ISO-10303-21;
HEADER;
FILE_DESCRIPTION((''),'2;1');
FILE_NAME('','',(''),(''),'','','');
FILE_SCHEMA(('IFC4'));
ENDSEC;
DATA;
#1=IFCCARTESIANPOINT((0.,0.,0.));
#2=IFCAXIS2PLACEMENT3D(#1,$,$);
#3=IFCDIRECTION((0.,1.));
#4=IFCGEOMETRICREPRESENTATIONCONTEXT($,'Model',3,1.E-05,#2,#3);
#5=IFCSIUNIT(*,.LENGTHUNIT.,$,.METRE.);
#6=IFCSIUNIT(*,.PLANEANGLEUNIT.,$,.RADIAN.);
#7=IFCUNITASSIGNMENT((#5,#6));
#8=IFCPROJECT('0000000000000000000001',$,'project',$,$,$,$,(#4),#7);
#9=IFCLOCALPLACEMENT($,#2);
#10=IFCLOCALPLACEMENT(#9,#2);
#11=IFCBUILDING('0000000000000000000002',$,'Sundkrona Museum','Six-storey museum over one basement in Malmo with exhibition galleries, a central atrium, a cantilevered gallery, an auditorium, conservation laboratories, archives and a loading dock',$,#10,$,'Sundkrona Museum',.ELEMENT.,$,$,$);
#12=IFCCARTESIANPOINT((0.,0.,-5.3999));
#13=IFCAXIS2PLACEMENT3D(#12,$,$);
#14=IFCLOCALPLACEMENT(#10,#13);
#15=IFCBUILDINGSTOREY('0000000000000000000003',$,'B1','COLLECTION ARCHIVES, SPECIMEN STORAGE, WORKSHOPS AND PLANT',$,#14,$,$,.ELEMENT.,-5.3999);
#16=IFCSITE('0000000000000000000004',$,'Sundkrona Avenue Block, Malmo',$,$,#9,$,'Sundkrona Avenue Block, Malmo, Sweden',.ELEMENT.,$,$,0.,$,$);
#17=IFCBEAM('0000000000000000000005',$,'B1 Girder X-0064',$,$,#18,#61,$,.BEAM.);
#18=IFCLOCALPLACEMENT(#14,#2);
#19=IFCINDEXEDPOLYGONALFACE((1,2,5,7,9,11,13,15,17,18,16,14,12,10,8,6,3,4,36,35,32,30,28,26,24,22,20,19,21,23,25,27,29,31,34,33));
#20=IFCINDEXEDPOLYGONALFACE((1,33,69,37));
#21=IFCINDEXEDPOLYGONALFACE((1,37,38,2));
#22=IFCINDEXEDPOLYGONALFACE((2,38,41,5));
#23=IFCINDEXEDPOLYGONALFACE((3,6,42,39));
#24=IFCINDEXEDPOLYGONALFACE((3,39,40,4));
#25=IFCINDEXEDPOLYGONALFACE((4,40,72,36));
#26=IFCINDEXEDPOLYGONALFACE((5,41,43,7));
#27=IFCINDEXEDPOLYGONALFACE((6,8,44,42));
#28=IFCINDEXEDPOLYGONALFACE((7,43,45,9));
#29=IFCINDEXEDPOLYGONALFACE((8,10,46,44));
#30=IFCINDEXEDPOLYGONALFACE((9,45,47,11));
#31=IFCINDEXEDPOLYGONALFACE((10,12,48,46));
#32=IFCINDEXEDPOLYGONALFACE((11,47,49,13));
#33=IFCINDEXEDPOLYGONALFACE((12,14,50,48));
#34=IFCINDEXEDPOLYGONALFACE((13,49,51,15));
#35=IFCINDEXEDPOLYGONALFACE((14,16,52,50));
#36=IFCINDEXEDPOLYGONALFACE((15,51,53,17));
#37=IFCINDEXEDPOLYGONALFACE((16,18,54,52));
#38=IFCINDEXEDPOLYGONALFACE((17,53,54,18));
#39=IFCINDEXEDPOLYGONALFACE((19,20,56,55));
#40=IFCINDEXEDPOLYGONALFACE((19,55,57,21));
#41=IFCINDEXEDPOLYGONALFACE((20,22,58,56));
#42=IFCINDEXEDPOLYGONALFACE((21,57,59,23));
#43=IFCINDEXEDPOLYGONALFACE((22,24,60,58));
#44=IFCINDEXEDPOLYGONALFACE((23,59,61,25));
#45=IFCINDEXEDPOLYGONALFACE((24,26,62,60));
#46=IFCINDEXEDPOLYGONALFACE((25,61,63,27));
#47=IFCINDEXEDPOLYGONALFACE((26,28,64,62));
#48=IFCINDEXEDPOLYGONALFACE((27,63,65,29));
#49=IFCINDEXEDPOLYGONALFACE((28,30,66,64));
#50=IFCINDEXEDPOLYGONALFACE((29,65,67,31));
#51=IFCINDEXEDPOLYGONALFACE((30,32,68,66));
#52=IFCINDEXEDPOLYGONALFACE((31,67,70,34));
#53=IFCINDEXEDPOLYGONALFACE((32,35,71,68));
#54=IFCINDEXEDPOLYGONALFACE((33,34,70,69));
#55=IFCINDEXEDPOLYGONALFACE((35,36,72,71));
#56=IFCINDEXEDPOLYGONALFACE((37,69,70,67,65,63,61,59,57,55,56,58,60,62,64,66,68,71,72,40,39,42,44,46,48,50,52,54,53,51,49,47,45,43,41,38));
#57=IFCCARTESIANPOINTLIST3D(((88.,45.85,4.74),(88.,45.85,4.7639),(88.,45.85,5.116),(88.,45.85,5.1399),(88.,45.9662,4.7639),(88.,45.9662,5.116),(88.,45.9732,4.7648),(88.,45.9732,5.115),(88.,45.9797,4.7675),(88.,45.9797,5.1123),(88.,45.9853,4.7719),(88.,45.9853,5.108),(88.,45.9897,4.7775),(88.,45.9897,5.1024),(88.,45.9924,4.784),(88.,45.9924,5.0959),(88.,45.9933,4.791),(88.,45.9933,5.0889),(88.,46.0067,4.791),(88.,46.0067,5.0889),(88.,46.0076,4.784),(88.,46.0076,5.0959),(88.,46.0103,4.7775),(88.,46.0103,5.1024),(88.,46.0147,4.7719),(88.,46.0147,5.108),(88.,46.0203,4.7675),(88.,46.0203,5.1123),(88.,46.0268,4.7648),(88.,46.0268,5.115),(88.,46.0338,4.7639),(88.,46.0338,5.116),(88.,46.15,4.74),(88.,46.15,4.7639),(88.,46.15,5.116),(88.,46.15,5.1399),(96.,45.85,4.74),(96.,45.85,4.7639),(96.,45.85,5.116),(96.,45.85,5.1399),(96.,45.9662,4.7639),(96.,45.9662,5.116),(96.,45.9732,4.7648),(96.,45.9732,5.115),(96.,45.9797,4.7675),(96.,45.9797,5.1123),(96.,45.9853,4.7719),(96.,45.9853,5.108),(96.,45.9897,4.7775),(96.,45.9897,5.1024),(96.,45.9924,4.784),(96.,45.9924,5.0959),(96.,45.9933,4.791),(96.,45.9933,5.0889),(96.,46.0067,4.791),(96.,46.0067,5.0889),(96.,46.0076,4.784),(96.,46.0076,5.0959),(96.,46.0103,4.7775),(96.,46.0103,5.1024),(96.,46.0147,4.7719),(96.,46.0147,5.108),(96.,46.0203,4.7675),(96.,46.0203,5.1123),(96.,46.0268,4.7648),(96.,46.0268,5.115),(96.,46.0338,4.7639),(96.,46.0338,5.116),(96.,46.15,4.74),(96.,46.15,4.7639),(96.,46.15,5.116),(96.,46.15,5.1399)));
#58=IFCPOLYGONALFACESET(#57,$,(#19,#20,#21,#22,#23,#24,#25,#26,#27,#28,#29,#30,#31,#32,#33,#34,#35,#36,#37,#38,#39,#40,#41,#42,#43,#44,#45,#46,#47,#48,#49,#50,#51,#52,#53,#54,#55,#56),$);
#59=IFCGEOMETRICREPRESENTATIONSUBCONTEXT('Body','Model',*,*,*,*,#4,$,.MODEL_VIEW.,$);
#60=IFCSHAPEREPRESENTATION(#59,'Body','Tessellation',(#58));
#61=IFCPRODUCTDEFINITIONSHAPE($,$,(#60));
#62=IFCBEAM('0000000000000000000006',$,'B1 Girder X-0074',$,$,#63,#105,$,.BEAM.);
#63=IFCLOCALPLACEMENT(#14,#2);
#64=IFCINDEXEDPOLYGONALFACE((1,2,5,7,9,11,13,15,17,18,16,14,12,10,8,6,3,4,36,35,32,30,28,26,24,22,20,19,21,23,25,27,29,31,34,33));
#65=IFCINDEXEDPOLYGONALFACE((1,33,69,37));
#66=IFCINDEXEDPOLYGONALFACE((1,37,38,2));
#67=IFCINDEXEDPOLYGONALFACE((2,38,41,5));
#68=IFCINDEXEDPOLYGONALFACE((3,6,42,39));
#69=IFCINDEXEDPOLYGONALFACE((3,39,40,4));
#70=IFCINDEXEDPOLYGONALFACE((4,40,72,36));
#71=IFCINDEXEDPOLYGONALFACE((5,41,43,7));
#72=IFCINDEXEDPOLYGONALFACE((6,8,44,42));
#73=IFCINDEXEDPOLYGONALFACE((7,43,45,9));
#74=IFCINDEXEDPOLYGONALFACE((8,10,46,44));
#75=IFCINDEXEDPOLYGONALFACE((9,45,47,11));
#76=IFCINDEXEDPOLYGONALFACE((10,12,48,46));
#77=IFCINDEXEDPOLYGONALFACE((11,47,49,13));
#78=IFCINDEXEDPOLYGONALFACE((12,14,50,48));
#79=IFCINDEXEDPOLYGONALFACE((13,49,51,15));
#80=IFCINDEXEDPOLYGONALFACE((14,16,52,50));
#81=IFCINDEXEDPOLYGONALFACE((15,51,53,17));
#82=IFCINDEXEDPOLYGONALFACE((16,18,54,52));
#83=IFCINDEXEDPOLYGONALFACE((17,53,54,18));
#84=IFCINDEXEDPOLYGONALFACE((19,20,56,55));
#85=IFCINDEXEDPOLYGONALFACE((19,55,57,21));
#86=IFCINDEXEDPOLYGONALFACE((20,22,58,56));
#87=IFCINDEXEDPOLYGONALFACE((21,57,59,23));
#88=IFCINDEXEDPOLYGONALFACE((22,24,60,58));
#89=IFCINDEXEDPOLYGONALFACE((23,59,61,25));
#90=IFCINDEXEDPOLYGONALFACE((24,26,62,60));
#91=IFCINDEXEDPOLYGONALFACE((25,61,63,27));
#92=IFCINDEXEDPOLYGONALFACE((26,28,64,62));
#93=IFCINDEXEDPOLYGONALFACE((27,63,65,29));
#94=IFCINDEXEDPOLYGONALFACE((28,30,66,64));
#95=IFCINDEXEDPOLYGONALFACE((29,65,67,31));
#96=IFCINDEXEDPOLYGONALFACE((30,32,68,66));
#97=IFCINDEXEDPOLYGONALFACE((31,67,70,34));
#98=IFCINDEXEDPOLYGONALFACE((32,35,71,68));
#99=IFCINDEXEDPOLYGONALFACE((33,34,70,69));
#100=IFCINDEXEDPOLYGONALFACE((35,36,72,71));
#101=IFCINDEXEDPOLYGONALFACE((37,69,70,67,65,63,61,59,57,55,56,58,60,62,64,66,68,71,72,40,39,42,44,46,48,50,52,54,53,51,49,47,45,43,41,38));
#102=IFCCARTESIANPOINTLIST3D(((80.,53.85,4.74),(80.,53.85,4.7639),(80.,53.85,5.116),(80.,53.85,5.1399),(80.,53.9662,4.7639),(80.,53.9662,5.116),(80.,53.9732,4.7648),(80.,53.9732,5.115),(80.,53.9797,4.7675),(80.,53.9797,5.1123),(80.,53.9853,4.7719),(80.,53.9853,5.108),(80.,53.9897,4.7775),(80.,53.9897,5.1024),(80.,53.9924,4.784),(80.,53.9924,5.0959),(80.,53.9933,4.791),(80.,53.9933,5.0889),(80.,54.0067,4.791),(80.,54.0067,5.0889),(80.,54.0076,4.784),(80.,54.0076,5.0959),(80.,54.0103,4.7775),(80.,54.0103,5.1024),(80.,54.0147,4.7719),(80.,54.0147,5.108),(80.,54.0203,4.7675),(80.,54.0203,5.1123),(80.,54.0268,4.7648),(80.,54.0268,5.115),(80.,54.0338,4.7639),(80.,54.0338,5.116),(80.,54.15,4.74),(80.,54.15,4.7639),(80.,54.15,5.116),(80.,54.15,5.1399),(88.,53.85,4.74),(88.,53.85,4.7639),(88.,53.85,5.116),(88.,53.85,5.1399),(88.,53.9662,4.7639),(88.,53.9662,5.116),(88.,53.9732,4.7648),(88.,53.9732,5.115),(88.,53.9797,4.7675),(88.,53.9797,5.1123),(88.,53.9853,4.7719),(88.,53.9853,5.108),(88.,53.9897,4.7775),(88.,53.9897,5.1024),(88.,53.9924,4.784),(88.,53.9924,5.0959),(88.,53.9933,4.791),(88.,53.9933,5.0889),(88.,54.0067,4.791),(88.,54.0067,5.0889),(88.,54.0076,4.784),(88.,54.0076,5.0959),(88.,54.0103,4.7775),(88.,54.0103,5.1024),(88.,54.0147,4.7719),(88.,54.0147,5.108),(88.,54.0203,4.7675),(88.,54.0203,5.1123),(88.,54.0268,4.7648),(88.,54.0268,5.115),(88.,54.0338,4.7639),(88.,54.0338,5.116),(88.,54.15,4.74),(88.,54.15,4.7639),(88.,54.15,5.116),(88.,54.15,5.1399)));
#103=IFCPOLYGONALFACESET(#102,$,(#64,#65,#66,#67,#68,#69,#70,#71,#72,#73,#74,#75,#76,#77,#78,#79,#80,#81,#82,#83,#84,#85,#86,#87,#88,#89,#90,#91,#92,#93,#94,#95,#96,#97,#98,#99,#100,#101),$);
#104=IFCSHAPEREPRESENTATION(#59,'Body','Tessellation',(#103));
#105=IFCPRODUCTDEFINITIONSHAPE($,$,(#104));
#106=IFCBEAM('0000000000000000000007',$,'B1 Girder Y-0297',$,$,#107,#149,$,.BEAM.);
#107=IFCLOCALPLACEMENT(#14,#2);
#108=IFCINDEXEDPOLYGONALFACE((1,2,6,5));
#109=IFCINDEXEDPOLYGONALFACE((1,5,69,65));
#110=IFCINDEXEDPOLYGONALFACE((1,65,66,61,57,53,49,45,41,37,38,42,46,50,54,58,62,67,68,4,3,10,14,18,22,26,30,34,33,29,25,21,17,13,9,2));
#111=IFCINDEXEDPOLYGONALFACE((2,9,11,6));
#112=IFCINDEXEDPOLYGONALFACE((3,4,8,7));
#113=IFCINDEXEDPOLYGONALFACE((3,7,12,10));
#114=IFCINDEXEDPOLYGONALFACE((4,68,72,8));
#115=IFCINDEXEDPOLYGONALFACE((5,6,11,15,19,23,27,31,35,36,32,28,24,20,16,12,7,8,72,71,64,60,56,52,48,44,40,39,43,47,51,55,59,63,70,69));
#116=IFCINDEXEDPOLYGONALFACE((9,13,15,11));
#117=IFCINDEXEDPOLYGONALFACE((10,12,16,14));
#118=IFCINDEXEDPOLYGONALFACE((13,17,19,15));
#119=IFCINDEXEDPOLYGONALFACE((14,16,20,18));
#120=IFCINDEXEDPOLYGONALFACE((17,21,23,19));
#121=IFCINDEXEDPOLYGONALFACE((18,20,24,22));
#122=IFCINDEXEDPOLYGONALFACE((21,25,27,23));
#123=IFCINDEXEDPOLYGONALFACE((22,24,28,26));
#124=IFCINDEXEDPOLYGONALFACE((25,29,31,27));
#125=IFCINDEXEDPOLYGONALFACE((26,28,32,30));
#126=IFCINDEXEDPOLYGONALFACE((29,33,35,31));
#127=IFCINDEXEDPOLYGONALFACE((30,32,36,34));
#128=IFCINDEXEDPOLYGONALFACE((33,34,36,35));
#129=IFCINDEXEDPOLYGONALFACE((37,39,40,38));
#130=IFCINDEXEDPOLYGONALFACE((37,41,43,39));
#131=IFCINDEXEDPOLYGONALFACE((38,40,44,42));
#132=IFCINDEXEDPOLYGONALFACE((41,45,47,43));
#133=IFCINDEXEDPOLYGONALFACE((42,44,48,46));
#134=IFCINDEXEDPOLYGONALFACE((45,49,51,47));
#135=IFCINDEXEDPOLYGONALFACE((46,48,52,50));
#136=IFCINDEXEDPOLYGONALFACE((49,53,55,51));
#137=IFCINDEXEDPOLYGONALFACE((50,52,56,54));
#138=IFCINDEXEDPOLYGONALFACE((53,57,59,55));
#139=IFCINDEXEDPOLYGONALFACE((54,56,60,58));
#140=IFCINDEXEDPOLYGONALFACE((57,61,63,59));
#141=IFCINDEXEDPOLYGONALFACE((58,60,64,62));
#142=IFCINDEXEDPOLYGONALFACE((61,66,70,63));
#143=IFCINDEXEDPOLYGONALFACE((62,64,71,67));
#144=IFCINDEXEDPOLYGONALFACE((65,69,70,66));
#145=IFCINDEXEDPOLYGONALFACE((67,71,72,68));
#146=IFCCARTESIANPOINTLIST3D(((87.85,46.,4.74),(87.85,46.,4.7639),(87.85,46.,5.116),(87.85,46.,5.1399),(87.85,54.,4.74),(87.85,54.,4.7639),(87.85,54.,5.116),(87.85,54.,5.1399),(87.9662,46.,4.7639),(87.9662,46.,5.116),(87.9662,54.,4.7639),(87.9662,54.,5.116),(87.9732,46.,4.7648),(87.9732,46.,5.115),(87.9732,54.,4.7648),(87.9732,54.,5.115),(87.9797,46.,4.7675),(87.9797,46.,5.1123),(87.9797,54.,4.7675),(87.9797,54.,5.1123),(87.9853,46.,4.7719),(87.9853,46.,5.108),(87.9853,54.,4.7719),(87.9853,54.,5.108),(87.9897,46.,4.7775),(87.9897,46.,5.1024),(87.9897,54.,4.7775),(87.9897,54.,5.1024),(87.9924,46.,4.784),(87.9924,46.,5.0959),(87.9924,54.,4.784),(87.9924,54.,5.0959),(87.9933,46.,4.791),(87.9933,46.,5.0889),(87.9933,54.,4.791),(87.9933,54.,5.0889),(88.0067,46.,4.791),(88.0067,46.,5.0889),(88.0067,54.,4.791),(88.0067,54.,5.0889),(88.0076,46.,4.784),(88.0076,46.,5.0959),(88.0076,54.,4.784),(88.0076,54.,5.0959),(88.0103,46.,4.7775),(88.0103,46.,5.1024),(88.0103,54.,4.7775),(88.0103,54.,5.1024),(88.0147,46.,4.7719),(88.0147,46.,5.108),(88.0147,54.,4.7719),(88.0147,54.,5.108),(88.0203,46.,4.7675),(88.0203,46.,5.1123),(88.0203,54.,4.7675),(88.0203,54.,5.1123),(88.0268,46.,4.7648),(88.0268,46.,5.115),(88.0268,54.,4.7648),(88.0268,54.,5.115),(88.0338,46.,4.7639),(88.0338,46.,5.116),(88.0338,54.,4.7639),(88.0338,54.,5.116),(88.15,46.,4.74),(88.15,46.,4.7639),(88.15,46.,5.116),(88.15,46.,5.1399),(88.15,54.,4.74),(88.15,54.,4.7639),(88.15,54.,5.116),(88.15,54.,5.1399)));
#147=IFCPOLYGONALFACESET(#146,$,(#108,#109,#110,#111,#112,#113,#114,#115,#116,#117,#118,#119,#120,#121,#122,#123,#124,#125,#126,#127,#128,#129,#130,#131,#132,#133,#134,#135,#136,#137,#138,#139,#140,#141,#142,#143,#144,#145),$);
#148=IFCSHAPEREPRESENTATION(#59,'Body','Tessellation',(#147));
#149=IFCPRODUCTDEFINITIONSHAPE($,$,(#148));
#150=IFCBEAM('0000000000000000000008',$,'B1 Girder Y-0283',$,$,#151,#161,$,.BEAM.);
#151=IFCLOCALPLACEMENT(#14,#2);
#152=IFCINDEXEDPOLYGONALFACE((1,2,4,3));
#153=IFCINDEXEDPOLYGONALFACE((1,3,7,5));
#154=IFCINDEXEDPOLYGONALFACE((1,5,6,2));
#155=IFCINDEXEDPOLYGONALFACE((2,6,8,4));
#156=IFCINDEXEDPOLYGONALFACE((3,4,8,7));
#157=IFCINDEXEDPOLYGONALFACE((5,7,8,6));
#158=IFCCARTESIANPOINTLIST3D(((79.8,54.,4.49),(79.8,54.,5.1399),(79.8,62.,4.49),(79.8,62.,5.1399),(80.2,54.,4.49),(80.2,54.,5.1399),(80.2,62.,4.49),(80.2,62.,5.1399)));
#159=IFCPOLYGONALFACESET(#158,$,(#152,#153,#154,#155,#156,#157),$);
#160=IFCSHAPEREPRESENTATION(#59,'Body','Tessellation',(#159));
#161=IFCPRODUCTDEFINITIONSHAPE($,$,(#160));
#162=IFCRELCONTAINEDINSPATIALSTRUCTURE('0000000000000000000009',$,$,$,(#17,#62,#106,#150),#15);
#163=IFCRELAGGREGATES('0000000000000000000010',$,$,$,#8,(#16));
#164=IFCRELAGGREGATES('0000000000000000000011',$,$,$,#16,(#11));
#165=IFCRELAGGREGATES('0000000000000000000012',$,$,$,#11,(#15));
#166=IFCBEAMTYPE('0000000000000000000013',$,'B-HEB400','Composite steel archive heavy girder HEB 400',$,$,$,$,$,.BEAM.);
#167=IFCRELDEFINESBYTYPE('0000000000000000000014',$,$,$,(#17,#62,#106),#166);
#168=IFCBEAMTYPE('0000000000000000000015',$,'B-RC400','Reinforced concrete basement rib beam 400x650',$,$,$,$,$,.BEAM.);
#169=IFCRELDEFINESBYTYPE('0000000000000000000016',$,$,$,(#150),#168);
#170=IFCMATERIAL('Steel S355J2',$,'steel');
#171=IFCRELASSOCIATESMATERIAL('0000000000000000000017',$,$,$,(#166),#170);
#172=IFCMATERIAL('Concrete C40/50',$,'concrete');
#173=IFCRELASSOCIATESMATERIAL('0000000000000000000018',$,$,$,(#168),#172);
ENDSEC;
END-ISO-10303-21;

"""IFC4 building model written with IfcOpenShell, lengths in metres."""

from ifc_helpers import new_model, si_unit, direction, frame, origin, origin_2d, place, context, subcontext, project, spatial, rectangle, i_section, extrude, material, material_profile, profile_set, type_object, element, save


model = new_model("IFC4")

# Units and contexts
model_context = context("Model", 3, precision=1e-05, world=origin(), true_north=direction((0.0, 1.0)))
body_context = subcontext(model_context, "Body", "Model", "MODEL_VIEW")
ifc_project = project(units=[si_unit("LENGTHUNIT", "METRE"), si_unit("PLANEANGLEUNIT", "RADIAN")], contexts=[model_context])

# Site, building, storey
site_placement = place(None, origin())
site = spatial("IfcSite", under=ifc_project, at=site_placement, Name="Sundkrona Avenue Block, Malmo", LongName="Sundkrona Avenue Block, Malmo, Sweden", CompositionType="ELEMENT", RefElevation=0.0)
building_placement = place(site_placement, origin())
building = spatial("IfcBuilding", under=site, at=building_placement, Name="Sundkrona Museum", Description="Six-storey museum over one basement in Malmo with exhibition galleries, a central atrium, a cantilevered gallery, an auditorium, conservation laboratories, archives and a loading dock", LongName="Sundkrona Museum", CompositionType="ELEMENT")
storey_placement = place(building_placement, frame((0.0, 0.0, -5.3999)))
storey = spatial("IfcBuildingStorey", under=building, at=storey_placement, Name="B1", Description="COLLECTION ARCHIVES, SPECIMEN STORAGE, WORKSHOPS AND PLANT", CompositionType="ELEMENT", Elevation=-5.3999)

# Shared definitions
ifc_material_1 = material(Name="Concrete C40/50", Category="concrete")

# Beams
ifc_material_2 = material(Name="Steel S355J2", Category="steel")
ifc_material_profile_1 = material_profile(ifc_material_2, i_section(OverallWidth=0.3, OverallDepth=0.3999, WebThickness=0.0134, FlangeThickness=0.0239, FilletRadius=0.0271, at=origin_2d()), Name="HEB 400")
ifc_profile_set_1 = profile_set([ifc_material_profile_1], Name="Steel S355J2")
beam_type_1 = type_object("IfcBeamType", Name="B-HEB400", Description="Composite steel archive heavy girder HEB 400", PredefinedType="BEAM", material=ifc_profile_set_1)
for number, where, z_axis, x_axis, name in (
    (1, (88.0, 46.0, 4.9399), (1.0, 0.0, 0.0), (0.0, 1.0, 0.0), "B1 Girder X-0064"),
    (2, (80.0, 54.0, 4.9399), (1.0, 0.0, 0.0), (0.0, 1.0, 0.0), "B1 Girder X-0074"),
    (3, (88.0, 46.0, 4.9399), (0.0, 1.0, 0.0), (-1.0, 0.0, 0.0), "B1 Girder Y-0297"),
):
    element("IfcBeam", number, at=place(storey_placement, frame(where, z_axis=z_axis, x_axis=x_axis)), inside=storey, type_object=beam_type_1, Name=name, PredefinedType="BEAM", context=body_context, shape_type="SweptSolid", body=[
        extrude(i_section(OverallWidth=0.3, OverallDepth=0.3999, WebThickness=0.0134, FlangeThickness=0.0239, FilletRadius=0.0271, at=origin_2d()), origin(), (0.0, 0.0, 1.0), 8.0),
    ])
ifc_material_profile_2 = material_profile(ifc_material_1, rectangle(XDim=0.3999, YDim=0.6499, at=origin_2d()), Name="RCB 400x650")
ifc_profile_set_2 = profile_set([ifc_material_profile_2], Name="Concrete C40/50")
beam_type_2 = type_object("IfcBeamType", Name="B-RC400", Description="Reinforced concrete basement rib beam 400x650", PredefinedType="BEAM", material=ifc_profile_set_2)
beam_1_placement = place(storey_placement, frame((80.0, 54.0, 4.8149), z_axis=(0.0, 1.0, 0.0), x_axis=(-1.0, 0.0, 0.0)))
element("IfcBeam", 4, at=beam_1_placement, inside=storey, type_object=beam_type_2, Name="B1 Girder Y-0283", PredefinedType="BEAM", context=body_context, shape_type="SweptSolid", body=[
    extrude(rectangle(XDim=0.3999, YDim=0.6499, at=origin_2d()), origin(), (0.0, 0.0, 1.0), 8.0),
])

save(model, "model.ifc")
